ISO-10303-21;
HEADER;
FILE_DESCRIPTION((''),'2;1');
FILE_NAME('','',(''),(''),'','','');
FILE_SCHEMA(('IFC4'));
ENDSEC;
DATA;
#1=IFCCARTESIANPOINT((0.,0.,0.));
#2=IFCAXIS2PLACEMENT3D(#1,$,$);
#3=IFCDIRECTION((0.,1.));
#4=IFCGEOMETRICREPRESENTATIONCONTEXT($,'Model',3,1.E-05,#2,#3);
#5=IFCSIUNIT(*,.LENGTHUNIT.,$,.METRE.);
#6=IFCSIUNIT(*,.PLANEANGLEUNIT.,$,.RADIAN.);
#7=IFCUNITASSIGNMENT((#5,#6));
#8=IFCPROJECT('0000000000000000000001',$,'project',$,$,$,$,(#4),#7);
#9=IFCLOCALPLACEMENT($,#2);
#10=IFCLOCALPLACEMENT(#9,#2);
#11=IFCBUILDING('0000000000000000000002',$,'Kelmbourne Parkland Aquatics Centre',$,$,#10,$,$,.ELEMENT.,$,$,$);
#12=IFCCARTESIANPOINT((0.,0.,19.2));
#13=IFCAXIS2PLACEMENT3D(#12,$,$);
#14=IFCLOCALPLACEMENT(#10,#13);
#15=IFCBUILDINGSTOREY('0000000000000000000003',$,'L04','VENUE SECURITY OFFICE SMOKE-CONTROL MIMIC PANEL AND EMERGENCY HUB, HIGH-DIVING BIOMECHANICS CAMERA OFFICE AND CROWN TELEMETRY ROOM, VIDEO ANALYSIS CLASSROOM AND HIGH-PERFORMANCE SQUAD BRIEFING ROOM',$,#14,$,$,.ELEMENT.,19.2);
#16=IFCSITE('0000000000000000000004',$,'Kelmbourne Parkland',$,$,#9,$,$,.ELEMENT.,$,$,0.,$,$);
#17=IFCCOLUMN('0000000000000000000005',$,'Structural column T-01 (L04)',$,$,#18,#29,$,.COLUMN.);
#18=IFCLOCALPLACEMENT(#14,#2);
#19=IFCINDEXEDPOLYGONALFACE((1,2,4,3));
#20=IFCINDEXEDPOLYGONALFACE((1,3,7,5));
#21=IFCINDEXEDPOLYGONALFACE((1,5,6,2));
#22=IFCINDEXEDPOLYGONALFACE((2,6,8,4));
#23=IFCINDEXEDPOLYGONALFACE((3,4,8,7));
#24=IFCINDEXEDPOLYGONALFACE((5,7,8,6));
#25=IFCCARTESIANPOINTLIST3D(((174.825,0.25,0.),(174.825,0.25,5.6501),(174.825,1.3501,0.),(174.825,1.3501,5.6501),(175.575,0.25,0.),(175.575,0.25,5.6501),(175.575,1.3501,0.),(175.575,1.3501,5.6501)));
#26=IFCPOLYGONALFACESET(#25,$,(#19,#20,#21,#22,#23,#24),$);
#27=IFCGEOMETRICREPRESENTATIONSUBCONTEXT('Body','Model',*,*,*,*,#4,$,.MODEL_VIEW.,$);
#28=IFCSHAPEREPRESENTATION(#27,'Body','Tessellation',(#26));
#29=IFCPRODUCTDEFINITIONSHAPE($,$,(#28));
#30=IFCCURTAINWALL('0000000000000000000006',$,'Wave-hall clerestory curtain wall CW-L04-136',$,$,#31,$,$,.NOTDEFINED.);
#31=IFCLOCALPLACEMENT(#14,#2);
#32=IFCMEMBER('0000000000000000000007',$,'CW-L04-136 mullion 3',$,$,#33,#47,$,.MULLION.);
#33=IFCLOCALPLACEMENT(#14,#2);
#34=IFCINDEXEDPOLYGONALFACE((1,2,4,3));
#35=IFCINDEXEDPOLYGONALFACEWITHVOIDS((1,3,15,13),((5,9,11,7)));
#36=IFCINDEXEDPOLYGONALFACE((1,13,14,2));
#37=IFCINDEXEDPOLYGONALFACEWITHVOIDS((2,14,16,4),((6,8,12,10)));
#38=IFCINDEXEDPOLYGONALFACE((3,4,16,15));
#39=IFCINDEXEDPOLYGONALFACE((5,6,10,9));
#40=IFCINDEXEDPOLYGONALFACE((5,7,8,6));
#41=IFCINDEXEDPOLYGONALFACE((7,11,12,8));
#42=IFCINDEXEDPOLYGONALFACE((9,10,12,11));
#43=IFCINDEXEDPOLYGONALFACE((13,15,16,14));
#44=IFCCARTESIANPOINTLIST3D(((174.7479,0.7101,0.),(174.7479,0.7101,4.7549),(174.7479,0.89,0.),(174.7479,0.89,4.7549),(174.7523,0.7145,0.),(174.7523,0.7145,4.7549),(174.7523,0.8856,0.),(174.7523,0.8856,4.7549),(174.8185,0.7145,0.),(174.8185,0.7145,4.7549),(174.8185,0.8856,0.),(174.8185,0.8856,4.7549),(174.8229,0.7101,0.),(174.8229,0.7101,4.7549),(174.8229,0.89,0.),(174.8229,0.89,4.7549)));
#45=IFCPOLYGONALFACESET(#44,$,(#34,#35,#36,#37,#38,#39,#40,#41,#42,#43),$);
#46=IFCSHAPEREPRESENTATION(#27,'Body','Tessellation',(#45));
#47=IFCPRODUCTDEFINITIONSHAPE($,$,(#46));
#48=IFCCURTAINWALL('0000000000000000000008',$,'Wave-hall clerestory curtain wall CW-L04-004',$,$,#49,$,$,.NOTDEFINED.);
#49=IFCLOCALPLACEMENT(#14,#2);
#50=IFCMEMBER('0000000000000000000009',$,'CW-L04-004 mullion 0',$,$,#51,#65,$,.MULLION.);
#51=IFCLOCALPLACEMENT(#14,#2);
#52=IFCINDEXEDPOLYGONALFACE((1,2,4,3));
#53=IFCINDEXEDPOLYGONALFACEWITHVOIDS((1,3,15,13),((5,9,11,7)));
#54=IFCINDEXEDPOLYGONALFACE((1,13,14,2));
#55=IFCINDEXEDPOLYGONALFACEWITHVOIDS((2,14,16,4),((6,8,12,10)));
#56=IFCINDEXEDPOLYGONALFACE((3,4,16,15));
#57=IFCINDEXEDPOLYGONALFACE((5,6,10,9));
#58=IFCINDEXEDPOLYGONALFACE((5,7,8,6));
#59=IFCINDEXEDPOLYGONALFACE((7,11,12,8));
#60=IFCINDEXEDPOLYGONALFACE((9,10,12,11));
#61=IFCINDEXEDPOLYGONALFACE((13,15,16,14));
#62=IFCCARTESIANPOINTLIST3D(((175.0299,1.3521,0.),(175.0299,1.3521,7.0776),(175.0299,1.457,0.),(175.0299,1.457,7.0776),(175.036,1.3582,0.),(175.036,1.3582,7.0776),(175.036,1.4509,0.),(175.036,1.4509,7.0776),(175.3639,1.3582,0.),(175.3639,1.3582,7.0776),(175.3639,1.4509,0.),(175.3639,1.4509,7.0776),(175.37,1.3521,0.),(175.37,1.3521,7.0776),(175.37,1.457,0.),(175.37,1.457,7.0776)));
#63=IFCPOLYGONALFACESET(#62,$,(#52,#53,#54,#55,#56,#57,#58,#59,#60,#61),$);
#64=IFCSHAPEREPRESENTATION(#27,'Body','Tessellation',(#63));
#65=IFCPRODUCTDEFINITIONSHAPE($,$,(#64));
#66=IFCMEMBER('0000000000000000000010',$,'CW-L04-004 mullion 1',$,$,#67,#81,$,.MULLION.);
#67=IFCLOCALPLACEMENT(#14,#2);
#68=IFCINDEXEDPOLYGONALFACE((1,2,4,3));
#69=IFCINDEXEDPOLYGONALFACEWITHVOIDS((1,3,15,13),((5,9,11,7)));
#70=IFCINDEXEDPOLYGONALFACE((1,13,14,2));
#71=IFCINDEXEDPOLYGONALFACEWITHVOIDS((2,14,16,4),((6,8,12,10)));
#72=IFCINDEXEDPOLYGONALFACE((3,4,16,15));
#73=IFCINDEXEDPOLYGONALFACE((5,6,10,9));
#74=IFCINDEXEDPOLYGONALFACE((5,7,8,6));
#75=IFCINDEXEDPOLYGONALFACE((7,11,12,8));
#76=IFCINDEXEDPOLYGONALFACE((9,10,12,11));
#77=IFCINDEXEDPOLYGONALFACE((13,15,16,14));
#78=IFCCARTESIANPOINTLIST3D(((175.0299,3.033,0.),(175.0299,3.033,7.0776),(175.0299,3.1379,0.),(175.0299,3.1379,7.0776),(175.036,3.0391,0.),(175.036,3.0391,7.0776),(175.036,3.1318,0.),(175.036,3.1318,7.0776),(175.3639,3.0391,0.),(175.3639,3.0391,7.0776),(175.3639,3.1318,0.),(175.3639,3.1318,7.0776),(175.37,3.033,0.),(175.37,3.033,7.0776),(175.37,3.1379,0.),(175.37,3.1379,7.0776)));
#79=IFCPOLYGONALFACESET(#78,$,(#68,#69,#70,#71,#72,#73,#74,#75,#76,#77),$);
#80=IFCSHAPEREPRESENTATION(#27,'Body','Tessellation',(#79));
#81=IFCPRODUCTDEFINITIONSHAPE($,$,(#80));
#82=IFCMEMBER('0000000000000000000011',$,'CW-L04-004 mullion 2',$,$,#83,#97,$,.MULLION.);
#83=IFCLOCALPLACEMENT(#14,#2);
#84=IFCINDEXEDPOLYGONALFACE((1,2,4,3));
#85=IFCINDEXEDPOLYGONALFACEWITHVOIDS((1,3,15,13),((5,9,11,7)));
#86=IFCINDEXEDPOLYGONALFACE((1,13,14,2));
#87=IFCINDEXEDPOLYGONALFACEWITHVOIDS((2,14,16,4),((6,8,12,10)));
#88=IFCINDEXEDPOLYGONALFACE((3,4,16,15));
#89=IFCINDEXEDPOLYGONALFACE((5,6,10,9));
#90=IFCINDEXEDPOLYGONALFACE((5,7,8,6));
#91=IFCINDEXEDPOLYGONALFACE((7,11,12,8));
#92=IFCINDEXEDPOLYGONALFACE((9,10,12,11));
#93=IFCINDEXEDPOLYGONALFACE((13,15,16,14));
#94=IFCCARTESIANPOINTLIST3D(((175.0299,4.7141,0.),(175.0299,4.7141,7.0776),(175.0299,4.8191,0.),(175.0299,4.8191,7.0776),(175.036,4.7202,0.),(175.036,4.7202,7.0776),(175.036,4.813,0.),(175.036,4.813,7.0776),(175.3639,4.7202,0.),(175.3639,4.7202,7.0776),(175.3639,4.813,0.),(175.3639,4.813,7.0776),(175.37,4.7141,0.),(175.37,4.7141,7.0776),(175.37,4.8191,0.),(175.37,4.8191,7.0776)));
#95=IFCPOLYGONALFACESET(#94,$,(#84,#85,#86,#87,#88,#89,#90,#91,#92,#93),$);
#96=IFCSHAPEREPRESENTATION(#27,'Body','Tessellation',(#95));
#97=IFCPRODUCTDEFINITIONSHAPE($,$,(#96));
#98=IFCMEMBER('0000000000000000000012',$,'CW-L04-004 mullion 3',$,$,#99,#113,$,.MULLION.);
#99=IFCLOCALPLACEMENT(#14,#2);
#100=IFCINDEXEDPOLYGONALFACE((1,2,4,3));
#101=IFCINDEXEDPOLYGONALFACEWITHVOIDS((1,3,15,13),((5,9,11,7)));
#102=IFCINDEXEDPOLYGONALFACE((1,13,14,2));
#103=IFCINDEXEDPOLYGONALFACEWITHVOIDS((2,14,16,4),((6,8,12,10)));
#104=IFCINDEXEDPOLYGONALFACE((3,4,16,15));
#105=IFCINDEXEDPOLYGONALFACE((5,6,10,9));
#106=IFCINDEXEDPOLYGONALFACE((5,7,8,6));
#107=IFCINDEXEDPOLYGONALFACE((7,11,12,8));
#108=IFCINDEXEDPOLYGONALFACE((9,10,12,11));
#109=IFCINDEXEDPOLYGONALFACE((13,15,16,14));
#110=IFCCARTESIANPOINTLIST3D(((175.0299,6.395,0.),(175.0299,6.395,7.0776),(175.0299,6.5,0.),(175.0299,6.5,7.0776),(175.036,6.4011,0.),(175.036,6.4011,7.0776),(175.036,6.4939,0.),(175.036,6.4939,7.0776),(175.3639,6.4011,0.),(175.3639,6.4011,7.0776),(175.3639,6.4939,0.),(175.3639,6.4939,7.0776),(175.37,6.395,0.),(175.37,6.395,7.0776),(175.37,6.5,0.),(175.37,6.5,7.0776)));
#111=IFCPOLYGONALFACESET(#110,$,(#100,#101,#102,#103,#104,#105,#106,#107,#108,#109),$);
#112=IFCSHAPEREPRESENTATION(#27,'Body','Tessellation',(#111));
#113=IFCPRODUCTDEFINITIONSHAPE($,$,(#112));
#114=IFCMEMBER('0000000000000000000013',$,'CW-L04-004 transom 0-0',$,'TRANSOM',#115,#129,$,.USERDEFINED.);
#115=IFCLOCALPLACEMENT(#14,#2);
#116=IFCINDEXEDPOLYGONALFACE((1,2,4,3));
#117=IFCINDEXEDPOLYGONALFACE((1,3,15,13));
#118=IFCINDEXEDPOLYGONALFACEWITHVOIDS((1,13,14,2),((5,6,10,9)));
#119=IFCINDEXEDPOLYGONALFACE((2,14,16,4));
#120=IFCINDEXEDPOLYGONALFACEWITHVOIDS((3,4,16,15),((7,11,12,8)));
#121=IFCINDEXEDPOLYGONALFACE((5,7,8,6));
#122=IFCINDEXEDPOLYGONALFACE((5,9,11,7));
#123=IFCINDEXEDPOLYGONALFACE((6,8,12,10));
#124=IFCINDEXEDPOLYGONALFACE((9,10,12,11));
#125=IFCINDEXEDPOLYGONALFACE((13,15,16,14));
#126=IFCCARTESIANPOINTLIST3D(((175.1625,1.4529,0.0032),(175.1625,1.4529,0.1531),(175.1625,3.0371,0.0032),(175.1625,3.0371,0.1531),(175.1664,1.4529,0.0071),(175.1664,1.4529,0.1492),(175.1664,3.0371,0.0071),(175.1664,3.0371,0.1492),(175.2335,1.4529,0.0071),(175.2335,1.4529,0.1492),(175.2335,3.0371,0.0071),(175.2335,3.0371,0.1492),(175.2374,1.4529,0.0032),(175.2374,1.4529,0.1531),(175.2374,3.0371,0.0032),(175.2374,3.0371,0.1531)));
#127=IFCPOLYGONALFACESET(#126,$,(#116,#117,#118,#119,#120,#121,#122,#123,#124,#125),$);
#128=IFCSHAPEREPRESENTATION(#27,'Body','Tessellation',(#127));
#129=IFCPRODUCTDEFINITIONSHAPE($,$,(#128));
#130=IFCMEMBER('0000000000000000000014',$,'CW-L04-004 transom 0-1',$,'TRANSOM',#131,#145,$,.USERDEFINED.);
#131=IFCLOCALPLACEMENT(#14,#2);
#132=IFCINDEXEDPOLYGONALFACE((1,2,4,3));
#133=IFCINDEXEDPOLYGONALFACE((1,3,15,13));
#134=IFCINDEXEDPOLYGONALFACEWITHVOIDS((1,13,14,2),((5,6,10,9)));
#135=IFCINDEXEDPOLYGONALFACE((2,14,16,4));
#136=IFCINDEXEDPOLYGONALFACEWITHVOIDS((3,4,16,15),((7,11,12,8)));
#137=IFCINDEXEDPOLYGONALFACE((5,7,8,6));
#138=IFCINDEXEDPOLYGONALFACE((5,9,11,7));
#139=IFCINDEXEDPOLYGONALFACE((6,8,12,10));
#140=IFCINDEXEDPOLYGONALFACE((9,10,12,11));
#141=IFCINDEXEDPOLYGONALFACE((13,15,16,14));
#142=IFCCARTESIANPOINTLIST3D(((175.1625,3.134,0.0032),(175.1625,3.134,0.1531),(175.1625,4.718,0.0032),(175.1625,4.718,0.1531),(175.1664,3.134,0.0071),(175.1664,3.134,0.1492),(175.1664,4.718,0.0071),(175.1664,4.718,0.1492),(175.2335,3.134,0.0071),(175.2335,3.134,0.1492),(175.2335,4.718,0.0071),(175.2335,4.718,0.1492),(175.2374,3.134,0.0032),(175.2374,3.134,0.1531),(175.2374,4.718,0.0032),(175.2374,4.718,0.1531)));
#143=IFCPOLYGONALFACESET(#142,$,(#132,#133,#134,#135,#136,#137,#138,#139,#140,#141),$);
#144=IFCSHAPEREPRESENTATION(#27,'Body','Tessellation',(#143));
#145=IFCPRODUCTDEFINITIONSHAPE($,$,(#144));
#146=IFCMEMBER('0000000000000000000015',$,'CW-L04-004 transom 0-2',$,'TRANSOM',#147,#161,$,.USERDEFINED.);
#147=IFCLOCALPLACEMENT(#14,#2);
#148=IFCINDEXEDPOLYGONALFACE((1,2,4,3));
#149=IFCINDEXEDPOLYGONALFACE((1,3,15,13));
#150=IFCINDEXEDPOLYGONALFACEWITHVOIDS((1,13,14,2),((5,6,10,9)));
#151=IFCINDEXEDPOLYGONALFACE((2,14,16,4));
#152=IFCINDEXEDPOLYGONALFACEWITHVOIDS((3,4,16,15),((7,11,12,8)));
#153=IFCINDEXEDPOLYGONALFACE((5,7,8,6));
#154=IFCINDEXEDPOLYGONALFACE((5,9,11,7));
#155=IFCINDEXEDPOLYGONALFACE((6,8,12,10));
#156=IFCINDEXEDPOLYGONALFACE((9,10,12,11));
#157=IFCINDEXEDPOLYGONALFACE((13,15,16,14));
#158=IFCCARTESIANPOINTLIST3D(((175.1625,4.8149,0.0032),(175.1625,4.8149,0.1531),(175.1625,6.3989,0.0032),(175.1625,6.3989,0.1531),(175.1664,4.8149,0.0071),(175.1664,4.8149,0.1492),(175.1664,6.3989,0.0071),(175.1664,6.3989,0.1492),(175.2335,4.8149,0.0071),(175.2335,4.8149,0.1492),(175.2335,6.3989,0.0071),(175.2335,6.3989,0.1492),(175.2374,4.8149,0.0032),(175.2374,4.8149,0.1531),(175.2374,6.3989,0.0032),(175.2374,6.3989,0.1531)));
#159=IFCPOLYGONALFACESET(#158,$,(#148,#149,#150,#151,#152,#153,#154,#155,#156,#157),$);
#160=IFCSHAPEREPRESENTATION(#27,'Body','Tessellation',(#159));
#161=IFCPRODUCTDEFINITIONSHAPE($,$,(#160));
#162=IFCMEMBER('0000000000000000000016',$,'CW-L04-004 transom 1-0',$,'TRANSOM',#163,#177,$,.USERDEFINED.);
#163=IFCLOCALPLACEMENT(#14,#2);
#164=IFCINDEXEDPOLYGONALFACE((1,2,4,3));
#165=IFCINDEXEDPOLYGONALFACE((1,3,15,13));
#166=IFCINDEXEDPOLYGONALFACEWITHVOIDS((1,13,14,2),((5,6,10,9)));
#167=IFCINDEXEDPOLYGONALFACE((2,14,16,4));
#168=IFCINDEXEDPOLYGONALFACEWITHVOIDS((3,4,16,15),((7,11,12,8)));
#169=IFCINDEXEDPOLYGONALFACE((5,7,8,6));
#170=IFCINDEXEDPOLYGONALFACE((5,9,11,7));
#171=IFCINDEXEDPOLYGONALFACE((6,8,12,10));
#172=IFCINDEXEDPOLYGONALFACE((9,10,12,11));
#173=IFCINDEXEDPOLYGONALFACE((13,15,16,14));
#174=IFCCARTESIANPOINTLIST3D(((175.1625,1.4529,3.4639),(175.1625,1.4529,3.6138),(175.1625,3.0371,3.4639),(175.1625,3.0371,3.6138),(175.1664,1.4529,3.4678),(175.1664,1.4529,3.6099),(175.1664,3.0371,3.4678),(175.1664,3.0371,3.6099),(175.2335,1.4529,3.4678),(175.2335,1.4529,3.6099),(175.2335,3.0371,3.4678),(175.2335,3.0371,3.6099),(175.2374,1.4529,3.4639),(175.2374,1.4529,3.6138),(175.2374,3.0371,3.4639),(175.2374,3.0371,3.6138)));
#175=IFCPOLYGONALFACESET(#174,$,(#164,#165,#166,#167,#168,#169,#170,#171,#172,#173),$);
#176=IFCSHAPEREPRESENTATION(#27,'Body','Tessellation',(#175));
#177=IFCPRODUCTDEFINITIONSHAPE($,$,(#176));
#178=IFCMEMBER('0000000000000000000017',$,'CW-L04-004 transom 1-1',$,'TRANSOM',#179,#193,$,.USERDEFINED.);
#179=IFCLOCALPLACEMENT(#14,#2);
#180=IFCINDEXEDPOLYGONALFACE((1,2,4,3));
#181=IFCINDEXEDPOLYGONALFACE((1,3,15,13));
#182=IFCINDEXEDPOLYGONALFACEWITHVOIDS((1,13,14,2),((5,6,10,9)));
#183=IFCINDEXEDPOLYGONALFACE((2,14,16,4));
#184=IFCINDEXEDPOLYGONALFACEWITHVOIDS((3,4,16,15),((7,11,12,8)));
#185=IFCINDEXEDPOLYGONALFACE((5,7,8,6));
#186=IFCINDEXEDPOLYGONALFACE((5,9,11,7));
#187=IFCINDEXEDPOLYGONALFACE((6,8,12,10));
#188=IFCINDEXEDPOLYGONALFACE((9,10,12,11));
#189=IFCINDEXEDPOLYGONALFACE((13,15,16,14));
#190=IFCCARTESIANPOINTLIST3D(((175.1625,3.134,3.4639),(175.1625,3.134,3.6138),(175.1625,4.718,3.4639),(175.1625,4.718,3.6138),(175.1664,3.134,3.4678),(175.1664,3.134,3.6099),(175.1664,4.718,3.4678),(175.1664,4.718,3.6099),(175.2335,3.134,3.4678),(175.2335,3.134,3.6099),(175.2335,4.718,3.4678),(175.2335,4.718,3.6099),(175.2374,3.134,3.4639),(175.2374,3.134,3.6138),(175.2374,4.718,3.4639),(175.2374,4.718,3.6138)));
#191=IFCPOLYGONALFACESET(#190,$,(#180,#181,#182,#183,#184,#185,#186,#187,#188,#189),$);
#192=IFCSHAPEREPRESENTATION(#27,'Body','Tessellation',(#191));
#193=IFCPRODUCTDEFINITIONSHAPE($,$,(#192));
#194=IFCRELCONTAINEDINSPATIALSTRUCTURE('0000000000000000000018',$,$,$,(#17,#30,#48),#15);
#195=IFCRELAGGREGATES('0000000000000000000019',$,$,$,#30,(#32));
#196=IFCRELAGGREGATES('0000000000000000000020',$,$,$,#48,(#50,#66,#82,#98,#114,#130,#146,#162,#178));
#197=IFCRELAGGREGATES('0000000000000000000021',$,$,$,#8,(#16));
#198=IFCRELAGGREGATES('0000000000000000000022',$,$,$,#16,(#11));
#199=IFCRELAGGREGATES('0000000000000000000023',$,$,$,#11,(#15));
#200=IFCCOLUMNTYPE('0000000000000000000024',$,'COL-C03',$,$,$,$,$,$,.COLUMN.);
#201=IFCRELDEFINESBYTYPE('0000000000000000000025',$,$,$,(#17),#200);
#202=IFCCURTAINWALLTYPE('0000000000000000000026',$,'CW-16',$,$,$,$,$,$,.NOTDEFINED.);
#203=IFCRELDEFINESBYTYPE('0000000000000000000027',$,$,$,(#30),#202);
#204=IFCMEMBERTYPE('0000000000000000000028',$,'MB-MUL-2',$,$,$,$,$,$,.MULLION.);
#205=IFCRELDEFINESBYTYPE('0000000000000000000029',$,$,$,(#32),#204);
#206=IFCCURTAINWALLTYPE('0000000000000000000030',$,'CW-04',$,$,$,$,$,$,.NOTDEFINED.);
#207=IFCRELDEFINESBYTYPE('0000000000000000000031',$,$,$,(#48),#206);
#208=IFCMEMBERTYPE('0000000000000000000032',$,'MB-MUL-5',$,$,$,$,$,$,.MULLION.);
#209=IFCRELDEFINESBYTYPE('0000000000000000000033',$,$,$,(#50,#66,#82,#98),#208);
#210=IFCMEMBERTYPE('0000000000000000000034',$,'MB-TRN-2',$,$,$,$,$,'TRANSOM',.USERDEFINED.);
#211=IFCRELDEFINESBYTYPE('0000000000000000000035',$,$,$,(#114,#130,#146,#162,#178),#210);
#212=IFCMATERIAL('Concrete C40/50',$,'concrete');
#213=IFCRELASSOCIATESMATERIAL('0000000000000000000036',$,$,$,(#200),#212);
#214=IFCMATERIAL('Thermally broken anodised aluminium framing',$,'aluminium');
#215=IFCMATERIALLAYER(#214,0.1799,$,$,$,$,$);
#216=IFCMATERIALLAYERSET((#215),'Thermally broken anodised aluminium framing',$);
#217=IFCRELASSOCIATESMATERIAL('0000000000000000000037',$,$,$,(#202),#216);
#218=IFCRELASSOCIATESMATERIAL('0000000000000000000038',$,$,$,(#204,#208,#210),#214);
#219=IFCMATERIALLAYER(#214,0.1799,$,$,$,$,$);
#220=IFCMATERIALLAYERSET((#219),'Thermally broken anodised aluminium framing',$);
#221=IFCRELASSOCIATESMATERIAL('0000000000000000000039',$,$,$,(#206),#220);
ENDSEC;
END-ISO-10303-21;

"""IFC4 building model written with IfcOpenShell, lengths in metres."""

from ifc_helpers import new_model, si_unit, direction, frame, origin, origin_2d, place, context, subcontext, project, spatial, rectangle, hollow_rectangle, extrude, material, layer, layer_set, material_profile, profile_set, type_object, element, aggregate, save


model = new_model("IFC4")

# Units and contexts
model_context = context("Model", 3, precision=1e-05, world=origin(), true_north=direction((0.0, 1.0)))
body_context = subcontext(model_context, "Body", "Model", "MODEL_VIEW")
ifc_project = project(units=[si_unit("LENGTHUNIT", "METRE"), si_unit("PLANEANGLEUNIT", "RADIAN")], contexts=[model_context])

# Site, building, storey
site_placement = place(None, origin())
site = spatial("IfcSite", under=ifc_project, at=site_placement, Name="Kelmbourne Parkland", CompositionType="ELEMENT", RefElevation=0.0)
building_placement = place(site_placement, origin())
building = spatial("IfcBuilding", under=site, at=building_placement, Name="Kelmbourne Parkland Aquatics Centre", CompositionType="ELEMENT")
storey_placement = place(building_placement, frame((0.0, 0.0, 19.2)))
storey = spatial("IfcBuildingStorey", under=building, at=storey_placement, Name="L04", Description="VENUE SECURITY OFFICE SMOKE-CONTROL MIMIC PANEL AND EMERGENCY HUB, HIGH-DIVING BIOMECHANICS CAMERA OFFICE AND CROWN TELEMETRY ROOM, VIDEO ANALYSIS CLASSROOM AND HIGH-PERFORMANCE SQUAD BRIEFING ROOM", CompositionType="ELEMENT", Elevation=19.2)

# Column
ifc_material_1 = material(Name="Concrete C40/50", Category="concrete")
ifc_material_profile_1 = material_profile(ifc_material_1, rectangle(XDim=0.75, YDim=1.1001, at=origin_2d()), Name="RC 750x1100")
ifc_profile_set_1 = profile_set([ifc_material_profile_1], Name="Concrete C40/50")
column_type = type_object("IfcColumnType", Name="COL-C03", PredefinedType="COLUMN", material=ifc_profile_set_1)
column_placement = place(storey_placement, frame((175.2, 0.8, 0.0), z_axis=(0.0, 0.0, 1.0), x_axis=(1.0, 0.0, 0.0)))
element("IfcColumn", 1, at=column_placement, inside=storey, type_object=column_type, Name="Structural column T-01 (L04)", PredefinedType="COLUMN", context=body_context, shape_type="SweptSolid", body=[
    extrude(rectangle(XDim=0.75, YDim=1.1001, at=origin_2d()), origin(), (0.0, 0.0, 1.0), 5.6501),
])

# Curtain wall, member
ifc_material_2 = material(Name="Thermally broken anodised aluminium framing", Category="aluminium")
ifc_layer_1 = layer(ifc_material_2, 0.1799)
ifc_layer_set_1 = layer_set([ifc_layer_1], Name="Thermally broken anodised aluminium framing")
curtain_wall_type_1 = type_object("IfcCurtainWallType", Name="CW-16", PredefinedType="NOTDEFINED", material=ifc_layer_set_1)
curtain_wall_1_placement = place(storey_placement, origin())
curtain_wall_1 = element("IfcCurtainWall", 2, at=curtain_wall_1_placement, inside=storey, type_object=curtain_wall_type_1, Name="Wave-hall clerestory curtain wall CW-L04-136", PredefinedType="NOTDEFINED")
ifc_material_profile_2 = material_profile(ifc_material_2, hollow_rectangle(XDim=0.075, YDim=0.1799, WallThickness=0.0044, at=origin_2d()), Name="CW-M 75x180")
ifc_profile_set_2 = profile_set([ifc_material_profile_2], Name="Thermally broken anodised aluminium framing")
member_type_1 = type_object("IfcMemberType", Name="MB-MUL-2", PredefinedType="MULLION", material=ifc_profile_set_2)
member_1_placement = place(storey_placement, frame((174.7854, 0.8, 0.0), z_axis=(0.0, 0.0, 1.0), x_axis=(1.0, 0.0, 0.0)))
member_1 = element("IfcMember", 3, at=member_1_placement, type_object=member_type_1, Name="CW-L04-136 mullion 3", PredefinedType="MULLION", context=body_context, shape_type="SweptSolid", body=[
    extrude(hollow_rectangle(XDim=0.075, YDim=0.1799, WallThickness=0.0044, at=origin_2d()), origin(), (0.0, 0.0, 1.0), 4.7549),
])
aggregate(curtain_wall_1, [member_1])

# Curtain wall, members
ifc_layer_2 = layer(ifc_material_2, 0.1799)
ifc_layer_set_2 = layer_set([ifc_layer_2], Name="Thermally broken anodised aluminium framing")
curtain_wall_type_2 = type_object("IfcCurtainWallType", Name="CW-04", PredefinedType="NOTDEFINED", material=ifc_layer_set_2)
curtain_wall_2_placement = place(storey_placement, origin())
curtain_wall_2 = element("IfcCurtainWall", 4, at=curtain_wall_2_placement, inside=storey, type_object=curtain_wall_type_2, Name="Wave-hall clerestory curtain wall CW-L04-004", PredefinedType="NOTDEFINED")
ifc_material_profile_3 = material_profile(ifc_material_2, hollow_rectangle(XDim=0.105, YDim=0.3401, WallThickness=0.0061, at=origin_2d()), Name="CW-M 105x340")
ifc_profile_set_3 = profile_set([ifc_material_profile_3], Name="Thermally broken anodised aluminium framing")
member_type_2 = type_object("IfcMemberType", Name="MB-MUL-5", PredefinedType="MULLION", material=ifc_profile_set_3)
member_2_placement = place(storey_placement, frame((175.2, 1.4045, 0.0), z_axis=(0.0, 0.0, 1.0), x_axis=(0.0, 1.0, 0.0)))
member_2 = element("IfcMember", 5, at=member_2_placement, type_object=member_type_2, Name="CW-L04-004 mullion 0", PredefinedType="MULLION", context=body_context, shape_type="SweptSolid", body=[
    extrude(hollow_rectangle(XDim=0.105, YDim=0.3401, WallThickness=0.0061, at=origin_2d()), origin(), (0.0, 0.0, 1.0), 7.0776),
])
member_3_placement = place(storey_placement, frame((175.2, 3.0854, 0.0), z_axis=(0.0, 0.0, 1.0), x_axis=(0.0, 1.0, 0.0)))
member_3 = element("IfcMember", 6, at=member_3_placement, type_object=member_type_2, Name="CW-L04-004 mullion 1", PredefinedType="MULLION", context=body_context, shape_type="SweptSolid", body=[
    extrude(hollow_rectangle(XDim=0.105, YDim=0.3401, WallThickness=0.0061, at=origin_2d()), origin(), (0.0, 0.0, 1.0), 7.0776),
])
member_4_placement = place(storey_placement, frame((175.2, 4.7666, 0.0), z_axis=(0.0, 0.0, 1.0), x_axis=(0.0, 1.0, 0.0)))
member_4 = element("IfcMember", 7, at=member_4_placement, type_object=member_type_2, Name="CW-L04-004 mullion 2", PredefinedType="MULLION", context=body_context, shape_type="SweptSolid", body=[
    extrude(hollow_rectangle(XDim=0.105, YDim=0.3401, WallThickness=0.0061, at=origin_2d()), origin(), (0.0, 0.0, 1.0), 7.0776),
])
member_5_placement = place(storey_placement, frame((175.2, 6.4475, 0.0), z_axis=(0.0, 0.0, 1.0), x_axis=(0.0, 1.0, 0.0)))
member_5 = element("IfcMember", 8, at=member_5_placement, type_object=member_type_2, Name="CW-L04-004 mullion 3", PredefinedType="MULLION", context=body_context, shape_type="SweptSolid", body=[
    extrude(hollow_rectangle(XDim=0.105, YDim=0.3401, WallThickness=0.0061, at=origin_2d()), origin(), (0.0, 0.0, 1.0), 7.0776),
])
ifc_material_profile_4 = material_profile(ifc_material_2, hollow_rectangle(XDim=0.075, YDim=0.1499, WallThickness=0.0039, at=origin_2d()), Name="CW-T 75x150")
ifc_profile_set_4 = profile_set([ifc_material_profile_4], Name="Thermally broken anodised aluminium framing")
member_type_3 = type_object("IfcMemberType", Name="MB-TRN-2", ElementType="TRANSOM", PredefinedType="USERDEFINED", material=ifc_profile_set_4)
member_6_placement = place(storey_placement, frame((175.2, 1.4529, 0.0781), z_axis=(0.0, 1.0, 0.0), x_axis=(-1.0, 0.0, 0.0)))
member_6 = element("IfcMember", 9, at=member_6_placement, type_object=member_type_3, Name="CW-L04-004 transom 0-0", ObjectType="TRANSOM", PredefinedType="USERDEFINED", context=body_context, shape_type="SweptSolid", body=[
    extrude(hollow_rectangle(XDim=0.075, YDim=0.1499, WallThickness=0.0039, at=origin_2d()), origin(), (0.0, 0.0, 1.0), 1.5842),
])
member_7_placement = place(storey_placement, frame((175.2, 3.134, 0.0781), z_axis=(0.0, 1.0, 0.0), x_axis=(-1.0, 0.0, 0.0)))
member_7 = element("IfcMember", 10, at=member_7_placement, type_object=member_type_3, Name="CW-L04-004 transom 0-1", ObjectType="TRANSOM", PredefinedType="USERDEFINED", context=body_context, shape_type="SweptSolid", body=[
    extrude(hollow_rectangle(XDim=0.075, YDim=0.1499, WallThickness=0.0039, at=origin_2d()), origin(), (0.0, 0.0, 1.0), 1.584),
])
member_8_placement = place(storey_placement, frame((175.2, 4.8149, 0.0781), z_axis=(0.0, 1.0, 0.0), x_axis=(-1.0, 0.0, 0.0)))
member_8 = element("IfcMember", 11, at=member_8_placement, type_object=member_type_3, Name="CW-L04-004 transom 0-2", ObjectType="TRANSOM", PredefinedType="USERDEFINED", context=body_context, shape_type="SweptSolid", body=[
    extrude(hollow_rectangle(XDim=0.075, YDim=0.1499, WallThickness=0.0039, at=origin_2d()), origin(), (0.0, 0.0, 1.0), 1.584),
])
member_9_placement = place(storey_placement, frame((175.2, 1.4529, 3.5388), z_axis=(0.0, 1.0, 0.0), x_axis=(-1.0, 0.0, 0.0)))
member_9 = element("IfcMember", 12, at=member_9_placement, type_object=member_type_3, Name="CW-L04-004 transom 1-0", ObjectType="TRANSOM", PredefinedType="USERDEFINED", context=body_context, shape_type="SweptSolid", body=[
    extrude(hollow_rectangle(XDim=0.075, YDim=0.1499, WallThickness=0.0039, at=origin_2d()), origin(), (0.0, 0.0, 1.0), 1.5842),
])
member_10_placement = place(storey_placement, frame((175.2, 3.134, 3.5388), z_axis=(0.0, 1.0, 0.0), x_axis=(-1.0, 0.0, 0.0)))
member_10 = element("IfcMember", 13, at=member_10_placement, type_object=member_type_3, Name="CW-L04-004 transom 1-1", ObjectType="TRANSOM", PredefinedType="USERDEFINED", context=body_context, shape_type="SweptSolid", body=[
    extrude(hollow_rectangle(XDim=0.075, YDim=0.1499, WallThickness=0.0039, at=origin_2d()), origin(), (0.0, 0.0, 1.0), 1.584),
])
aggregate(curtain_wall_2, [member_2, member_3, member_4, member_5, member_6, member_7, member_8, member_9, member_10])

save(model, "model.ifc")
